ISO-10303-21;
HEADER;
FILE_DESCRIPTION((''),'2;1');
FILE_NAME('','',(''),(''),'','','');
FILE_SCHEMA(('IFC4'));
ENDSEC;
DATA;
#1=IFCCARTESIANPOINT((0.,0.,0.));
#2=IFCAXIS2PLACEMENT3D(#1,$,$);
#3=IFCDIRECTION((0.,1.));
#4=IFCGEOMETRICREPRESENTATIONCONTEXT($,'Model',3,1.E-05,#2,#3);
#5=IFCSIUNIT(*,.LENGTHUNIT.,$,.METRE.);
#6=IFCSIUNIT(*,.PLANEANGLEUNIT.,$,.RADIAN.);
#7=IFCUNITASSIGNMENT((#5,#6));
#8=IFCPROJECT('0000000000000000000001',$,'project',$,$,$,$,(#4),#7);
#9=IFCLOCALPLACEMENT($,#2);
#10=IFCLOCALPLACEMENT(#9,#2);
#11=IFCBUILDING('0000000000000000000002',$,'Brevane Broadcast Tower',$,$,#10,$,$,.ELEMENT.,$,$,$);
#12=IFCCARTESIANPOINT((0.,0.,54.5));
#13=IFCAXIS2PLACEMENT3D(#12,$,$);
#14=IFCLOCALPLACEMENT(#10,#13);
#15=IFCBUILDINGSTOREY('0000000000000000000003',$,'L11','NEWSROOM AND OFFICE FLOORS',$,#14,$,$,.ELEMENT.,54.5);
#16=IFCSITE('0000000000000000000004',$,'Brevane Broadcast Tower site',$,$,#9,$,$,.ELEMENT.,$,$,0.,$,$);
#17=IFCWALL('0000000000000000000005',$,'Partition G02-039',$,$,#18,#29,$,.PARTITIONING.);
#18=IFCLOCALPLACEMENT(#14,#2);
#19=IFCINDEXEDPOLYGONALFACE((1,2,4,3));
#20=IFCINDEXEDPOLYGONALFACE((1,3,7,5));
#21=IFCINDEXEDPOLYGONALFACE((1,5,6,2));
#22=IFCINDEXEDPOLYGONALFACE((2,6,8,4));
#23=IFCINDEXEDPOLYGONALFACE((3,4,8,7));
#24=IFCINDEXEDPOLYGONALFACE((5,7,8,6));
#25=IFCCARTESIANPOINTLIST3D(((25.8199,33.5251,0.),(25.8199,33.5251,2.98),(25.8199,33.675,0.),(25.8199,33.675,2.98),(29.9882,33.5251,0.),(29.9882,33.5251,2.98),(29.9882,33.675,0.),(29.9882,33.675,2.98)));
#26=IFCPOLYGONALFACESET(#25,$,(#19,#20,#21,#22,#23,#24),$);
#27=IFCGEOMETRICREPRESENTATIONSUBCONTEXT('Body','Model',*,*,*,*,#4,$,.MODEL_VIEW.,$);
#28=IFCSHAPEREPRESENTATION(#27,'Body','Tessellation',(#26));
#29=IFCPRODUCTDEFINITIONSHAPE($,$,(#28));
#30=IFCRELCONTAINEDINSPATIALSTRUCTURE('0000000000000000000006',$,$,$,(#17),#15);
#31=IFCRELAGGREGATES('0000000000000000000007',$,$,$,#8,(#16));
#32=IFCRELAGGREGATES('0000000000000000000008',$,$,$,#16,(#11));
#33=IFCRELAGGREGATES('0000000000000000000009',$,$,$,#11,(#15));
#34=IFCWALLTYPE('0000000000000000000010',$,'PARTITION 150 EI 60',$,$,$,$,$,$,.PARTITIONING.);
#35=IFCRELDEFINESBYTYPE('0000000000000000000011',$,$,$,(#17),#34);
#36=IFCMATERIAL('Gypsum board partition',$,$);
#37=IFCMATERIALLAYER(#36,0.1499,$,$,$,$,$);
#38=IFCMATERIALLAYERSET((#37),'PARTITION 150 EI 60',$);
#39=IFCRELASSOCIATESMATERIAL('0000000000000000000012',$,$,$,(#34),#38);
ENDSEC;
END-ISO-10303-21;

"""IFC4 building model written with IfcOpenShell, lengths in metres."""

from ifc_helpers import new_model, si_unit, direction, frame, frame_2d, origin, place, context, subcontext, project, spatial, rectangle, extrude, material, layer, layer_set, type_object, element, save


model = new_model("IFC4")

# Units and contexts
model_context = context("Model", 3, precision=1e-05, world=origin(), true_north=direction((0.0, 1.0)))
body_context = subcontext(model_context, "Body", "Model", "MODEL_VIEW")
ifc_project = project(units=[si_unit("LENGTHUNIT", "METRE"), si_unit("PLANEANGLEUNIT", "RADIAN")], contexts=[model_context])

# Site, building, storey
site_placement = place(None, origin())
site = spatial("IfcSite", under=ifc_project, at=site_placement, Name="Brevane Broadcast Tower site", CompositionType="ELEMENT", RefElevation=0.0)
building_placement = place(site_placement, origin())
building = spatial("IfcBuilding", under=site, at=building_placement, Name="Brevane Broadcast Tower", CompositionType="ELEMENT")
storey_placement = place(building_placement, frame((0.0, 0.0, 54.5)))
storey = spatial("IfcBuildingStorey", under=building, at=storey_placement, Name="L11", Description="NEWSROOM AND OFFICE FLOORS", CompositionType="ELEMENT", Elevation=54.5)

# Shared definitions
ifc_material_1 = material(Name="Gypsum board partition")

# Wall
ifc_layer_1 = layer(ifc_material_1, 0.1499)
ifc_layer_set_1 = layer_set([ifc_layer_1], Name="PARTITION 150 EI 60")
wall_type_1 = type_object("IfcWallType", Name="PARTITION 150 EI 60", PredefinedType="PARTITIONING", material=ifc_layer_set_1)
wall_1_placement = place(storey_placement, frame((25.8201, 33.6001, 0.0), z_axis=(0.0, 0.0, 1.0), x_axis=(1.0, 0.0, 0.0)))
element("IfcWall", 1, at=wall_1_placement, inside=storey, type_object=wall_type_1, Name="Partition G02-039", PredefinedType="PARTITIONING", context=body_context, shape_type="SweptSolid", body=[
    extrude(rectangle(XDim=4.1682, YDim=0.1499, at=frame_2d((2.084, 0.0))), origin(), (0.0, 0.0, 1.0), 2.98),
])

save(model, "model.ifc")
